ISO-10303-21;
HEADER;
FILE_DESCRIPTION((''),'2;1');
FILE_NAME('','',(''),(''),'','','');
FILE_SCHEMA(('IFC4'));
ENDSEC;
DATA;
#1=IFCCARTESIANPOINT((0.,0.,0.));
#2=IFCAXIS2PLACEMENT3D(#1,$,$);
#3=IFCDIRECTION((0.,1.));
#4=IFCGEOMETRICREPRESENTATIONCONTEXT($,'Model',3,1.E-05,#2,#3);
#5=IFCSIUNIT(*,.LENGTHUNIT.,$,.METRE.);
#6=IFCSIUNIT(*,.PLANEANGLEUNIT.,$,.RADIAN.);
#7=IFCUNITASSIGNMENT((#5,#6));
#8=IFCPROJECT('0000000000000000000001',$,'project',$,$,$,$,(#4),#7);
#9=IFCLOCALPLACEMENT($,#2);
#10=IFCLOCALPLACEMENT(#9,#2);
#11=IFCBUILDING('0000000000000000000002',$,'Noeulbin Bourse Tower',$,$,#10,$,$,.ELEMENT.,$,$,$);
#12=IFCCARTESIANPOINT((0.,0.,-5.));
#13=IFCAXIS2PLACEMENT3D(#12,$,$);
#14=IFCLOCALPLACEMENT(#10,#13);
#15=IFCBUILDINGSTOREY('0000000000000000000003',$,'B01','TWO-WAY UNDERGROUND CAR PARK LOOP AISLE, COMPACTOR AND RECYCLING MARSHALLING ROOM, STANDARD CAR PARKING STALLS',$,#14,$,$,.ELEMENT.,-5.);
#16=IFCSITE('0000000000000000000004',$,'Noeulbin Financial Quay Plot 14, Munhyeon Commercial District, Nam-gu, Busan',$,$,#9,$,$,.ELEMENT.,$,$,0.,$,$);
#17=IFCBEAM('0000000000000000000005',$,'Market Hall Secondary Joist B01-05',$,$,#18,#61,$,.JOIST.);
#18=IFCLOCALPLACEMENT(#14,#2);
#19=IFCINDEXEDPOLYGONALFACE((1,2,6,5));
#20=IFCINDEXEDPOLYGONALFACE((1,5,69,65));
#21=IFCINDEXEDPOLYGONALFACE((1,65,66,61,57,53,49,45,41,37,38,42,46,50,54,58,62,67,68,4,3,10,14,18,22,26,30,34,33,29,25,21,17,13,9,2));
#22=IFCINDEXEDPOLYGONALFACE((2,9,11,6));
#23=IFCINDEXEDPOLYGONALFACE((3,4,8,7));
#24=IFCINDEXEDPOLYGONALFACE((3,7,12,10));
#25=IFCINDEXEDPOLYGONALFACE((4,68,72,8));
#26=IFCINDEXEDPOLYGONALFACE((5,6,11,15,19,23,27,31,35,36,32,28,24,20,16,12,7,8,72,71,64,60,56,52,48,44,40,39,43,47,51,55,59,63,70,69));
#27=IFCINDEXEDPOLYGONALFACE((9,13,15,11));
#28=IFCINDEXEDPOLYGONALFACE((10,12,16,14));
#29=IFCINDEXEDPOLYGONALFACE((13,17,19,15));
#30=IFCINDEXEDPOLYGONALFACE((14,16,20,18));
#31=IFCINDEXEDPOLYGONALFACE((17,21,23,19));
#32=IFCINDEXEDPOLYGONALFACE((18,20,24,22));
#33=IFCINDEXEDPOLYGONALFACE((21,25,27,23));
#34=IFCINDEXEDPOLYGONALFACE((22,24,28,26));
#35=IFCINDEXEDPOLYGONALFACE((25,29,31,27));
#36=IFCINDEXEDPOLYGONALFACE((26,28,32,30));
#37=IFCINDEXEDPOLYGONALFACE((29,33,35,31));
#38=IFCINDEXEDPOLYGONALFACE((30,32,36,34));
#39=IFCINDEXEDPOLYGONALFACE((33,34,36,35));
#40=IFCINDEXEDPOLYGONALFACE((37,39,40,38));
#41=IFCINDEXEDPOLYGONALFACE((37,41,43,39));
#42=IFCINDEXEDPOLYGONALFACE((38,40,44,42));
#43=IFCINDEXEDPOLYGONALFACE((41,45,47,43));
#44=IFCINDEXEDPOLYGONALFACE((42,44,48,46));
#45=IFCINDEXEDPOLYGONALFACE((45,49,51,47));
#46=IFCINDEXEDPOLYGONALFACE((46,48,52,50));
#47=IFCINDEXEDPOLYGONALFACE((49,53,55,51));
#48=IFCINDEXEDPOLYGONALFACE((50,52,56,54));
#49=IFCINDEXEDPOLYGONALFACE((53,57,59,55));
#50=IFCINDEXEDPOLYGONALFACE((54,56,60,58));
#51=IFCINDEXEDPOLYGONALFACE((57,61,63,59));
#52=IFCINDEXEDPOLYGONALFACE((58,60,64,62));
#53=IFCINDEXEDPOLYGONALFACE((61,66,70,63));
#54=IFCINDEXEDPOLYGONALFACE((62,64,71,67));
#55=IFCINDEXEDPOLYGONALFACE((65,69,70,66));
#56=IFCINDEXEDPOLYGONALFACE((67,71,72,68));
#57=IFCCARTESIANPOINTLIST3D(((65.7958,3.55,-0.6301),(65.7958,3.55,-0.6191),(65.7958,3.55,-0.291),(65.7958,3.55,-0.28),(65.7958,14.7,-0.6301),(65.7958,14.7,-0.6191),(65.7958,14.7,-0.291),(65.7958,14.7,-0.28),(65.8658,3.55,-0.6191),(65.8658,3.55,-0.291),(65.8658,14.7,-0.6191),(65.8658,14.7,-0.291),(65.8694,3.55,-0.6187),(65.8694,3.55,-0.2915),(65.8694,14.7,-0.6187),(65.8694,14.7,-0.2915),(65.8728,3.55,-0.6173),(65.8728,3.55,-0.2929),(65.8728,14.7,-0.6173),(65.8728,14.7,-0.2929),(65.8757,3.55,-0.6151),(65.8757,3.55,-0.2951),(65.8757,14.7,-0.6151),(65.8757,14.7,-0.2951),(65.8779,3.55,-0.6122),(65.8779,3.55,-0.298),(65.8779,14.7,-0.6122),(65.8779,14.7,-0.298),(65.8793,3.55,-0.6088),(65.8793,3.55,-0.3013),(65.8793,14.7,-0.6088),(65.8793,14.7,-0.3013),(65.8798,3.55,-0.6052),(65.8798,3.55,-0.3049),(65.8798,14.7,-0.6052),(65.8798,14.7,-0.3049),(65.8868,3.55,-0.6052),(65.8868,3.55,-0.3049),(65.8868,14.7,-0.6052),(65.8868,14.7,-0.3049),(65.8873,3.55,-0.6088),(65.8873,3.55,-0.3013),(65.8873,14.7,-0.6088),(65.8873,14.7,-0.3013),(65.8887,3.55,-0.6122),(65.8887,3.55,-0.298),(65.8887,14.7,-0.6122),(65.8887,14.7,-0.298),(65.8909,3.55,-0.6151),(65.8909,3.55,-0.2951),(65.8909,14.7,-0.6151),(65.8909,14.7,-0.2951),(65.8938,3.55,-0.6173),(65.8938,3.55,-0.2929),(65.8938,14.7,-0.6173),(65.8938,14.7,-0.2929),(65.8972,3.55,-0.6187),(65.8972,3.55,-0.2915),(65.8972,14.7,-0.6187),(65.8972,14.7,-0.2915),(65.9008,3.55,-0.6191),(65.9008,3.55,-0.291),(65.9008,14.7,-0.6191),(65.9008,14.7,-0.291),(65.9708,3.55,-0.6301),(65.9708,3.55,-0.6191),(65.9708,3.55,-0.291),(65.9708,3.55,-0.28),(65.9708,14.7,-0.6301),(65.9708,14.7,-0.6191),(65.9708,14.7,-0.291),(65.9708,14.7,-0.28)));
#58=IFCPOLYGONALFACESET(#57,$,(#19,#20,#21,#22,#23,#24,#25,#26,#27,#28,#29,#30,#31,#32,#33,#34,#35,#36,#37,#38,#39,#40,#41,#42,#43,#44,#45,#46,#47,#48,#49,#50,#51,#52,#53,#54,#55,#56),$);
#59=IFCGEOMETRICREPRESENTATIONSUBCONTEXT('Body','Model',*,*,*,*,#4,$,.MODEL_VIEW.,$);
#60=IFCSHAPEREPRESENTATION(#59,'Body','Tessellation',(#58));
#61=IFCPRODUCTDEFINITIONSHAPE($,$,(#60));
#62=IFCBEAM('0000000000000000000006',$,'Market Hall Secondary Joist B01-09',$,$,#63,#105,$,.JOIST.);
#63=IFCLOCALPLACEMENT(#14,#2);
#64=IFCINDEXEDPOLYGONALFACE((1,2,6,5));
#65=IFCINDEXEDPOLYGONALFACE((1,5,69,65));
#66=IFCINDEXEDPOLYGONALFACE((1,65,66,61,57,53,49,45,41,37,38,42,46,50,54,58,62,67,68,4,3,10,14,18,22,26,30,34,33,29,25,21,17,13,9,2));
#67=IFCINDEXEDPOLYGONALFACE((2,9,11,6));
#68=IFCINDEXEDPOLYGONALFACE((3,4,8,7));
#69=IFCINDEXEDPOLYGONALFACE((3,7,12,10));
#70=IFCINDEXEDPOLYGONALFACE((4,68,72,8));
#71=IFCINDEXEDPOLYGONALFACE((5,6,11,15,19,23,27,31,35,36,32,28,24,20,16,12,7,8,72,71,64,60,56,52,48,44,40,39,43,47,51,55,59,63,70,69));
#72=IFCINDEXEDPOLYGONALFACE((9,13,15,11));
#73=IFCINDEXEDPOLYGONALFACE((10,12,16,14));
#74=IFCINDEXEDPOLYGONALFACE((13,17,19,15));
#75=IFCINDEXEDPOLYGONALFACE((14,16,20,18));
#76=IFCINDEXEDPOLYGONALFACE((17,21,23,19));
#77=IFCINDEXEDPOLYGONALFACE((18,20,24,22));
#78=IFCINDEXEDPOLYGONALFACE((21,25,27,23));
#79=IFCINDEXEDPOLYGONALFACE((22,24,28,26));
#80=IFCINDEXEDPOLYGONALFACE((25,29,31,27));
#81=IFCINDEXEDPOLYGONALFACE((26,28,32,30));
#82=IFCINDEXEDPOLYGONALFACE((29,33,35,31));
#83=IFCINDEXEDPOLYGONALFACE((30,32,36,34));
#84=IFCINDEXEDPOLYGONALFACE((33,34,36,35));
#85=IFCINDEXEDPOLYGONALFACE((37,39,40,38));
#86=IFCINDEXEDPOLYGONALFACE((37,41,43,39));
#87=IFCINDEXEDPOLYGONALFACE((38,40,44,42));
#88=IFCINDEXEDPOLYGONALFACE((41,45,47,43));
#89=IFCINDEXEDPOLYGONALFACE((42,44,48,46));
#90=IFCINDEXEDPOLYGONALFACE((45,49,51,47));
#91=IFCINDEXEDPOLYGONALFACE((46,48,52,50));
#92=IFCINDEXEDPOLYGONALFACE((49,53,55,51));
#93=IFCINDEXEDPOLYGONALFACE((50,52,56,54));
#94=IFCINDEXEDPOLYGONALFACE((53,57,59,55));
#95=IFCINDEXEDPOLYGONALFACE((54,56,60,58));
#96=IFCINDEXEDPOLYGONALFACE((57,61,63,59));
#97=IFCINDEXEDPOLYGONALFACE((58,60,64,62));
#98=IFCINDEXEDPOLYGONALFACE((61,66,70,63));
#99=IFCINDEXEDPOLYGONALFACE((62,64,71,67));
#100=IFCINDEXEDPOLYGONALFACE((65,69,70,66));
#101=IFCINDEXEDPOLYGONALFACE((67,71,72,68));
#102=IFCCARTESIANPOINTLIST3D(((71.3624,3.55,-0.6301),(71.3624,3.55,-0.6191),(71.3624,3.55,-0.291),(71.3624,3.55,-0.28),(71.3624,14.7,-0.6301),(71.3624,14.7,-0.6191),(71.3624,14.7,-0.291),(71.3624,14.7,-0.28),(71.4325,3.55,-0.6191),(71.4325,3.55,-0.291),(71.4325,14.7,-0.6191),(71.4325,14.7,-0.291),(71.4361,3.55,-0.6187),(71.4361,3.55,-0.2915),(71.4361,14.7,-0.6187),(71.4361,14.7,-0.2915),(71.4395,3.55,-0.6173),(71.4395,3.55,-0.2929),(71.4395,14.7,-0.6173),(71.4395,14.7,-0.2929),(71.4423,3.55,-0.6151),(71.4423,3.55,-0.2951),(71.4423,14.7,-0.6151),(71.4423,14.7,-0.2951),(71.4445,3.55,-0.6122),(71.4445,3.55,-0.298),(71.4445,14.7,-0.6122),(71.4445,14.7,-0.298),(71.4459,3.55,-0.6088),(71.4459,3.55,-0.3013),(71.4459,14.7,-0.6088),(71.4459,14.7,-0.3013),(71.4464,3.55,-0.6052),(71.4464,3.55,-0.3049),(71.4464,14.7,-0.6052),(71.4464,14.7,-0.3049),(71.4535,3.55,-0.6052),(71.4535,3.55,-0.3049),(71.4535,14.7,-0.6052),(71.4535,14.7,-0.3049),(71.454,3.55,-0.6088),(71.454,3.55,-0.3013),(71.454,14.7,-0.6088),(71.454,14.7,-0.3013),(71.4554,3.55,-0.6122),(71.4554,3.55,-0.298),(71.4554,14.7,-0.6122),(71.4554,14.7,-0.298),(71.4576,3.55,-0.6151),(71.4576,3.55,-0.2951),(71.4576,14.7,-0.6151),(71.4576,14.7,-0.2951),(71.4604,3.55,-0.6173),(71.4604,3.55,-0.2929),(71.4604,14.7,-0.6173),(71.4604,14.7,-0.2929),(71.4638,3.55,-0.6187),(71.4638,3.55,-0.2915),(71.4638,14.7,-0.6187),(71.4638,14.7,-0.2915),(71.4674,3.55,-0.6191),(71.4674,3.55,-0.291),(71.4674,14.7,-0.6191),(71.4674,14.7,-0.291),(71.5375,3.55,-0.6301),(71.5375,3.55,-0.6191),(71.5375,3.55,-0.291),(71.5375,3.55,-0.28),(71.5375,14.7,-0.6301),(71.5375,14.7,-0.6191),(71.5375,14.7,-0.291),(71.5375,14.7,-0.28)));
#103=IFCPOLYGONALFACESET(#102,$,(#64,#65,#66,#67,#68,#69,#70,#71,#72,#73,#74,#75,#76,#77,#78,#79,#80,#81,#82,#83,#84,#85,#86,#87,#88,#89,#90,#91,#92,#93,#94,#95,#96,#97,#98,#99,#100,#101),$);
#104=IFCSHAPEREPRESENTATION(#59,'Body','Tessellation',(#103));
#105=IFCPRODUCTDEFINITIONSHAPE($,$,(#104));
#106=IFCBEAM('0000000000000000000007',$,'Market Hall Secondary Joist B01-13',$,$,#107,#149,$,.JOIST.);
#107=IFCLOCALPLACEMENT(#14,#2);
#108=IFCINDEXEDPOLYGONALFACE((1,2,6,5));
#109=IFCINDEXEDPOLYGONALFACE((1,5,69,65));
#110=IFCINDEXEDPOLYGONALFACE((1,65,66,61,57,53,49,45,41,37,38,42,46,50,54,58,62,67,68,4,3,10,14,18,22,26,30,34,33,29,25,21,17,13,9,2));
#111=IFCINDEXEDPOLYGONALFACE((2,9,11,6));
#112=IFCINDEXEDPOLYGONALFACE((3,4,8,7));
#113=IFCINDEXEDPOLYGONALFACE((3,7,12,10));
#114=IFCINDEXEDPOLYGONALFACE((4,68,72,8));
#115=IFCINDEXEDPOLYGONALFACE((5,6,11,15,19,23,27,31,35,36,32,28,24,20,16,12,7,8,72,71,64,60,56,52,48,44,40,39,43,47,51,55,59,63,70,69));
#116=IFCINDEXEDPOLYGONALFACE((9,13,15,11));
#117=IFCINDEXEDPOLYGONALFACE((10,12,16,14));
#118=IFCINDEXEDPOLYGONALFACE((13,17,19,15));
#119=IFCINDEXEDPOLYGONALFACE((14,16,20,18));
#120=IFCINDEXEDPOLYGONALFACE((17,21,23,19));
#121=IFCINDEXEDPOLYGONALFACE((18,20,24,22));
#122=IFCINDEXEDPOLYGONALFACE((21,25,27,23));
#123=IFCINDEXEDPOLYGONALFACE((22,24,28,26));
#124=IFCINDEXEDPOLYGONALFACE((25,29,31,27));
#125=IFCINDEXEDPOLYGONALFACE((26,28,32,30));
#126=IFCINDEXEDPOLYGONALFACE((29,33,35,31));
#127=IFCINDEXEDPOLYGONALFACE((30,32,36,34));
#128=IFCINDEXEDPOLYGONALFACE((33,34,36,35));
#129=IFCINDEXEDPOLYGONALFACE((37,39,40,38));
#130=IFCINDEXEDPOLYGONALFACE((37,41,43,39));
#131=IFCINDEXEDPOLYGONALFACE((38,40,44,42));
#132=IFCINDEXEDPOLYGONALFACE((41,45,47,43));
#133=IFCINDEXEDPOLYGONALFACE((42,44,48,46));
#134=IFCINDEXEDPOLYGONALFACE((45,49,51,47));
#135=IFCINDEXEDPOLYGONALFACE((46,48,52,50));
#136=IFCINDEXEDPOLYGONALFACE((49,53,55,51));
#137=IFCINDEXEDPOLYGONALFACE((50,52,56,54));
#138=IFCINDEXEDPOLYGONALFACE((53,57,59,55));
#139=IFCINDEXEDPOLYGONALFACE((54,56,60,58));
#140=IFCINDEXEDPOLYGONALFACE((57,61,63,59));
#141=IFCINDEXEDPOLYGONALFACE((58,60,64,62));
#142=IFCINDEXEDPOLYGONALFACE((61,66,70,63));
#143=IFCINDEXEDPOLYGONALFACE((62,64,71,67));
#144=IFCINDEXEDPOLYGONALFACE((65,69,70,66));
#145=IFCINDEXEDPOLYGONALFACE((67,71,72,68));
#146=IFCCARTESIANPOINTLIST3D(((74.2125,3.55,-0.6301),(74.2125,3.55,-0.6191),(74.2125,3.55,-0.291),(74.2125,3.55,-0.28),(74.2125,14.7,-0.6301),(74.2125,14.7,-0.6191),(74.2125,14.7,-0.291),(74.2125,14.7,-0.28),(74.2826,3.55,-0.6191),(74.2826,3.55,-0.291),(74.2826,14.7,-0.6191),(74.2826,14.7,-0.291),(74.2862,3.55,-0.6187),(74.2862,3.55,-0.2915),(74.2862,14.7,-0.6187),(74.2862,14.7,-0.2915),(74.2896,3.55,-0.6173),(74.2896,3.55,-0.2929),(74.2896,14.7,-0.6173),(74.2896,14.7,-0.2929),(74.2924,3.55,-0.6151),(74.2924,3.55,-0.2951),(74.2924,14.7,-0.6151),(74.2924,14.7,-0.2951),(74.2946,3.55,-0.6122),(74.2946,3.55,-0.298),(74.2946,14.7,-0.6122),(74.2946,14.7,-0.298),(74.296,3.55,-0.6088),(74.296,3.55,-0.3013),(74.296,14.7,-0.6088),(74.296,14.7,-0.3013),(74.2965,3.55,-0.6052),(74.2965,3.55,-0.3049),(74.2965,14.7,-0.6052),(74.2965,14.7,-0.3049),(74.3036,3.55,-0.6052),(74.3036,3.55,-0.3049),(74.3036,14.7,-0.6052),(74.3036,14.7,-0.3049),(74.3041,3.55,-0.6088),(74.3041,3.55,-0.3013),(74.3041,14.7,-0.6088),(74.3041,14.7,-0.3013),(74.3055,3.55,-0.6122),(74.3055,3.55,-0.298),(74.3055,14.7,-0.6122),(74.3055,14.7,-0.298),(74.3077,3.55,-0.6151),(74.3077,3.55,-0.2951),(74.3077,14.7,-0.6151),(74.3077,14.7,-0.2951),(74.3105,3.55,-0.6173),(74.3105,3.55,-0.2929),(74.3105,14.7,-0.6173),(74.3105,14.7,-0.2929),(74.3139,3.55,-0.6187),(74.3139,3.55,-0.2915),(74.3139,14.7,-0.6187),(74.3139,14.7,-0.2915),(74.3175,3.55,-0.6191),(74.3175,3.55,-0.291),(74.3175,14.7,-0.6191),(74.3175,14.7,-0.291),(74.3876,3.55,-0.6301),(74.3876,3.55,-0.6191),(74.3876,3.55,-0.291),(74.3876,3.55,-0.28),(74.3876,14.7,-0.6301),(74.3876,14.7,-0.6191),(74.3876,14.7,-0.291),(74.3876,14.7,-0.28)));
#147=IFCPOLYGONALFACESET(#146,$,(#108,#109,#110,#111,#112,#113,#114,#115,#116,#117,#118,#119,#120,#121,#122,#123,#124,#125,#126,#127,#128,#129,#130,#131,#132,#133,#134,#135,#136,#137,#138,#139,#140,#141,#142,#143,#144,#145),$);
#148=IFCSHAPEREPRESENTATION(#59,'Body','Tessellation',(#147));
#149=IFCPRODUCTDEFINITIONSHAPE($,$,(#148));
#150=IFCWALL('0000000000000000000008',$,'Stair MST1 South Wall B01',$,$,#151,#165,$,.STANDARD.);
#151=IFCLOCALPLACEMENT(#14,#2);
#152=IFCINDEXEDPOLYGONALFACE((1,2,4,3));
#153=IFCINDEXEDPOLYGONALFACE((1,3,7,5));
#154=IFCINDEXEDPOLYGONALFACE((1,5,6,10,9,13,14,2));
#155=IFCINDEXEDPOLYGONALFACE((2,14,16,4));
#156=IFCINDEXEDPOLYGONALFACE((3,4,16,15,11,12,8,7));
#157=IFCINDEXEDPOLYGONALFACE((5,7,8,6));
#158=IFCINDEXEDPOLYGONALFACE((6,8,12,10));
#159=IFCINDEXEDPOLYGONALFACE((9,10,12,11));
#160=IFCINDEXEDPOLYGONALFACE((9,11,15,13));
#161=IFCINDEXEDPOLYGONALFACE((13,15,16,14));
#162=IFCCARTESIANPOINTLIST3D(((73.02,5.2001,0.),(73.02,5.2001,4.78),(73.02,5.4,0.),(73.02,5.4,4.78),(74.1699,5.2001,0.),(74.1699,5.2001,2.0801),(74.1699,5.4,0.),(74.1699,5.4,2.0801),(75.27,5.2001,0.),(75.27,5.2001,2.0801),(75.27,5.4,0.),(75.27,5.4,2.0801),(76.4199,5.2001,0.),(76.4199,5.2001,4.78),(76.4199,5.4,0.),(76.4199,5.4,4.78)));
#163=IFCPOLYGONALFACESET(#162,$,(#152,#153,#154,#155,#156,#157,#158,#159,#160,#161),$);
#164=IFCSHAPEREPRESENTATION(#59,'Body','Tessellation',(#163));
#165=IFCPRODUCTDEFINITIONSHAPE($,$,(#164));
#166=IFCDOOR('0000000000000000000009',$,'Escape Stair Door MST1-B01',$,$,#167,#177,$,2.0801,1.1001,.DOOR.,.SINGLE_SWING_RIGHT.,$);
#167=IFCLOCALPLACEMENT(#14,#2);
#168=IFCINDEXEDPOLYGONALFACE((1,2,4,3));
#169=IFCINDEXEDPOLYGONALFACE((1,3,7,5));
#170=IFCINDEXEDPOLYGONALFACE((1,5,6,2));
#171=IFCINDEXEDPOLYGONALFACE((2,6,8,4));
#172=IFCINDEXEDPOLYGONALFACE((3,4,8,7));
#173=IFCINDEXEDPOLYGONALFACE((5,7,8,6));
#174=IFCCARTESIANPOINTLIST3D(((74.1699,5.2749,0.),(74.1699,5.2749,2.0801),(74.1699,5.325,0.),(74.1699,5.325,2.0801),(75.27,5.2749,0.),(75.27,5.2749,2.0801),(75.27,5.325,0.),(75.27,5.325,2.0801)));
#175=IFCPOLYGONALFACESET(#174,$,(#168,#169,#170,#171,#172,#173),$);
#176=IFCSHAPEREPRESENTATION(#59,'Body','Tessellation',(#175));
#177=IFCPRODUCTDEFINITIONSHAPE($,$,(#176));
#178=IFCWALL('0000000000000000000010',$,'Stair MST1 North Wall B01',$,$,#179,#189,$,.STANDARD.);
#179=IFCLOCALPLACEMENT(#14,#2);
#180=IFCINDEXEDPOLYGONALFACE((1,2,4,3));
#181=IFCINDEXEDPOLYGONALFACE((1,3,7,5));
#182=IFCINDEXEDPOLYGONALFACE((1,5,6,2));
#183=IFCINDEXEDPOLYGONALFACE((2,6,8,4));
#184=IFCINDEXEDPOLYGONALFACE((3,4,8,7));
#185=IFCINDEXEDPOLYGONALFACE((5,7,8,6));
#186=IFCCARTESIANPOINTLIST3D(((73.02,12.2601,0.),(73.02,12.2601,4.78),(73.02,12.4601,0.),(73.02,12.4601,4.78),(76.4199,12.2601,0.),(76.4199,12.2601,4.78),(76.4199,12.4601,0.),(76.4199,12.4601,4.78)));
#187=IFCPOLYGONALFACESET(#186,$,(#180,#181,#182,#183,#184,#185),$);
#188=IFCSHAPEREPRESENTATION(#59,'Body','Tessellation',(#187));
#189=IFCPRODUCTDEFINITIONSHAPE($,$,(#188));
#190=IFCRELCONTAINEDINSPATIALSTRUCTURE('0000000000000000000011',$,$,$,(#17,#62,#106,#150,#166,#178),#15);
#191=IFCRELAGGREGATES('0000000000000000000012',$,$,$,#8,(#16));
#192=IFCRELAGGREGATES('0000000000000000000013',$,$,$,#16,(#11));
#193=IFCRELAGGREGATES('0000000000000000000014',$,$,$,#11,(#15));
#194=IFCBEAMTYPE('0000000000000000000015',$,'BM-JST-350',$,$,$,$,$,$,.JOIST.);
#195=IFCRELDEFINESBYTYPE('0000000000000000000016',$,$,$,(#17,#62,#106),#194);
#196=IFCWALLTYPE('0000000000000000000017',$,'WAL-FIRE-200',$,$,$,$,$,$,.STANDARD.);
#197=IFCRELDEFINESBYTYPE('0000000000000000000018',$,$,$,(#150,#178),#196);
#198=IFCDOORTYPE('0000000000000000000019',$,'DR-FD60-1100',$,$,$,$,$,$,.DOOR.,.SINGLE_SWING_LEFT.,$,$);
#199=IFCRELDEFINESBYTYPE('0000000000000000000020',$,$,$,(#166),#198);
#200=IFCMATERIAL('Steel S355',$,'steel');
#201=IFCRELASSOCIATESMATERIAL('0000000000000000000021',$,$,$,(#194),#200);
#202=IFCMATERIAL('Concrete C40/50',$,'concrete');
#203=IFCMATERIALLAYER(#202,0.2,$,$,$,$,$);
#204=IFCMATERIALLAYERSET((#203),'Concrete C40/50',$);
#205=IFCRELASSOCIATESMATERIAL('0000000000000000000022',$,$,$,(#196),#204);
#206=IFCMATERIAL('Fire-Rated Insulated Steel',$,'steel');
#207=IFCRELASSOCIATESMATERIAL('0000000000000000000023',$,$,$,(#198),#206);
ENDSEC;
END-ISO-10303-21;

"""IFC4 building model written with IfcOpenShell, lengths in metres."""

from ifc_helpers import new_model, si_unit, direction, frame, frame_2d, origin, origin_2d, place, context, subcontext, project, spatial, rectangle, i_section, extrude, material, layer, layer_set, material_profile, profile_set, type_object, element, fill, save


model = new_model("IFC4")

# Units and contexts
model_context = context("Model", 3, precision=1e-05, world=origin(), true_north=direction((0.0, 1.0)))
body_context = subcontext(model_context, "Body", "Model", "MODEL_VIEW")
ifc_project = project(units=[si_unit("LENGTHUNIT", "METRE"), si_unit("PLANEANGLEUNIT", "RADIAN")], contexts=[model_context])

# Site, building, storey
site_placement = place(None, origin())
site = spatial("IfcSite", under=ifc_project, at=site_placement, Name="Noeulbin Financial Quay Plot 14, Munhyeon Commercial District, Nam-gu, Busan", CompositionType="ELEMENT", RefElevation=0.0)
building_placement = place(site_placement, origin())
building = spatial("IfcBuilding", under=site, at=building_placement, Name="Noeulbin Bourse Tower", CompositionType="ELEMENT")
storey_placement = place(building_placement, frame((0.0, 0.0, -5.0)))
storey = spatial("IfcBuildingStorey", under=building, at=storey_placement, Name="B01", Description="TWO-WAY UNDERGROUND CAR PARK LOOP AISLE, COMPACTOR AND RECYCLING MARSHALLING ROOM, STANDARD CAR PARKING STALLS", CompositionType="ELEMENT", Elevation=-5.0)

# Shared definitions
ifc_material_1 = material(Name="Concrete C40/50", Category="concrete")

# Beams
ifc_material_2 = material(Name="Steel S355", Category="steel")
ifc_material_profile_1 = material_profile(ifc_material_2, i_section(OverallWidth=0.175, OverallDepth=0.3501, WebThickness=0.0071, FlangeThickness=0.011, FilletRadius=0.0139, at=origin_2d()), Name="H-350x175x7x11", Category="LoadBearing")
ifc_profile_set_1 = profile_set([ifc_material_profile_1], Name="Steel S355")
beam_type_1 = type_object("IfcBeamType", Name="BM-JST-350", PredefinedType="JOIST", material=ifc_profile_set_1)
for number, where, z_axis, x_axis, name in (
    (1, (65.8833, 3.55, -0.4551), (0.0, 1.0, 0.0), (-1.0, 0.0, 0.0), "Market Hall Secondary Joist B01-05"),
    (2, (71.45, 3.55, -0.4551), (0.0, 1.0, 0.0), (-1.0, 0.0, 0.0), "Market Hall Secondary Joist B01-09"),
    (3, (74.3, 3.55, -0.4551), (0.0, 1.0, 0.0), (-1.0, 0.0, 0.0), "Market Hall Secondary Joist B01-13"),
):
    element("IfcBeam", number, at=place(storey_placement, frame(where, z_axis=z_axis, x_axis=x_axis)), inside=storey, type_object=beam_type_1, Name=name, PredefinedType="JOIST", context=body_context, shape_type="SweptSolid", body=[
        extrude(i_section(OverallWidth=0.175, OverallDepth=0.3501, WebThickness=0.0071, FlangeThickness=0.011, FilletRadius=0.0139, at=origin_2d()), origin(), (0.0, 0.0, 1.0), 11.1499),
    ])

# Wall, opening, door
ifc_layer_1 = layer(ifc_material_1, 0.2)
ifc_layer_set_1 = layer_set([ifc_layer_1], Name="Concrete C40/50")
wall_type_1 = type_object("IfcWallType", Name="WAL-FIRE-200", PredefinedType="STANDARD", material=ifc_layer_set_1)
wall_1_placement = place(storey_placement, frame((73.02, 5.3, 0.0), z_axis=(0.0, 0.0, 1.0), x_axis=(1.0, 0.0, 0.0)))
wall_1 = element("IfcWall", 4, at=wall_1_placement, inside=storey, type_object=wall_type_1, Name="Stair MST1 South Wall B01", PredefinedType="STANDARD", context=body_context, shape_type="SweptSolid", body=[
    extrude(rectangle(XDim=3.3999, YDim=0.2, at=frame_2d((1.7, 0.0))), origin(), (0.0, 0.0, 1.0), 4.78),
])
opening_placement = place(wall_1_placement, frame((1.1499, 0.0, 0.0)))
opening = element("IfcOpeningElement", 5, at=opening_placement, cuts=wall_1, PredefinedType="OPENING", context=body_context, shape_type="SweptSolid", body=[
    extrude(rectangle(XDim=1.1001, YDim=2.0801, at=frame_2d((0.55, 1.04))), frame((0.0, 0.1099, 0.0), z_axis=(0.0, -1.0, 0.0), x_axis=(1.0, 0.0, 0.0)), (0.0, 0.0, 1.0), 0.22),
])
ifc_material_3 = material(Name="Fire-Rated Insulated Steel", Category="steel")
door_type = type_object("IfcDoorType", Name="DR-FD60-1100", OperationType="SINGLE_SWING_LEFT", PredefinedType="DOOR", material=ifc_material_3)
door_placement = place(opening_placement, origin())
door = element("IfcDoor", 6, at=door_placement, inside=storey, type_object=door_type, Name="Escape Stair Door MST1-B01", OperationType="SINGLE_SWING_RIGHT", OverallHeight=2.0801, OverallWidth=1.1001, PredefinedType="DOOR", context=body_context, shape_type="SweptSolid", body=[
    extrude(rectangle(XDim=1.1001, YDim=2.0801, at=frame_2d((0.55, 1.04))), frame((0.0, 0.0249, 0.0), z_axis=(0.0, -1.0, 0.0), x_axis=(1.0, 0.0, 0.0)), (0.0, 0.0, 1.0), 0.05),
])
fill(opening, door)

# Wall
wall_2_placement = place(storey_placement, frame((73.02, 12.3601, 0.0), z_axis=(0.0, 0.0, 1.0), x_axis=(1.0, 0.0, 0.0)))
element("IfcWall", 7, at=wall_2_placement, inside=storey, type_object=wall_type_1, Name="Stair MST1 North Wall B01", PredefinedType="STANDARD", context=body_context, shape_type="SweptSolid", body=[
    extrude(rectangle(XDim=3.3999, YDim=0.2, at=frame_2d((1.7, 0.0))), origin(), (0.0, 0.0, 1.0), 4.78),
])

save(model, "model.ifc")
